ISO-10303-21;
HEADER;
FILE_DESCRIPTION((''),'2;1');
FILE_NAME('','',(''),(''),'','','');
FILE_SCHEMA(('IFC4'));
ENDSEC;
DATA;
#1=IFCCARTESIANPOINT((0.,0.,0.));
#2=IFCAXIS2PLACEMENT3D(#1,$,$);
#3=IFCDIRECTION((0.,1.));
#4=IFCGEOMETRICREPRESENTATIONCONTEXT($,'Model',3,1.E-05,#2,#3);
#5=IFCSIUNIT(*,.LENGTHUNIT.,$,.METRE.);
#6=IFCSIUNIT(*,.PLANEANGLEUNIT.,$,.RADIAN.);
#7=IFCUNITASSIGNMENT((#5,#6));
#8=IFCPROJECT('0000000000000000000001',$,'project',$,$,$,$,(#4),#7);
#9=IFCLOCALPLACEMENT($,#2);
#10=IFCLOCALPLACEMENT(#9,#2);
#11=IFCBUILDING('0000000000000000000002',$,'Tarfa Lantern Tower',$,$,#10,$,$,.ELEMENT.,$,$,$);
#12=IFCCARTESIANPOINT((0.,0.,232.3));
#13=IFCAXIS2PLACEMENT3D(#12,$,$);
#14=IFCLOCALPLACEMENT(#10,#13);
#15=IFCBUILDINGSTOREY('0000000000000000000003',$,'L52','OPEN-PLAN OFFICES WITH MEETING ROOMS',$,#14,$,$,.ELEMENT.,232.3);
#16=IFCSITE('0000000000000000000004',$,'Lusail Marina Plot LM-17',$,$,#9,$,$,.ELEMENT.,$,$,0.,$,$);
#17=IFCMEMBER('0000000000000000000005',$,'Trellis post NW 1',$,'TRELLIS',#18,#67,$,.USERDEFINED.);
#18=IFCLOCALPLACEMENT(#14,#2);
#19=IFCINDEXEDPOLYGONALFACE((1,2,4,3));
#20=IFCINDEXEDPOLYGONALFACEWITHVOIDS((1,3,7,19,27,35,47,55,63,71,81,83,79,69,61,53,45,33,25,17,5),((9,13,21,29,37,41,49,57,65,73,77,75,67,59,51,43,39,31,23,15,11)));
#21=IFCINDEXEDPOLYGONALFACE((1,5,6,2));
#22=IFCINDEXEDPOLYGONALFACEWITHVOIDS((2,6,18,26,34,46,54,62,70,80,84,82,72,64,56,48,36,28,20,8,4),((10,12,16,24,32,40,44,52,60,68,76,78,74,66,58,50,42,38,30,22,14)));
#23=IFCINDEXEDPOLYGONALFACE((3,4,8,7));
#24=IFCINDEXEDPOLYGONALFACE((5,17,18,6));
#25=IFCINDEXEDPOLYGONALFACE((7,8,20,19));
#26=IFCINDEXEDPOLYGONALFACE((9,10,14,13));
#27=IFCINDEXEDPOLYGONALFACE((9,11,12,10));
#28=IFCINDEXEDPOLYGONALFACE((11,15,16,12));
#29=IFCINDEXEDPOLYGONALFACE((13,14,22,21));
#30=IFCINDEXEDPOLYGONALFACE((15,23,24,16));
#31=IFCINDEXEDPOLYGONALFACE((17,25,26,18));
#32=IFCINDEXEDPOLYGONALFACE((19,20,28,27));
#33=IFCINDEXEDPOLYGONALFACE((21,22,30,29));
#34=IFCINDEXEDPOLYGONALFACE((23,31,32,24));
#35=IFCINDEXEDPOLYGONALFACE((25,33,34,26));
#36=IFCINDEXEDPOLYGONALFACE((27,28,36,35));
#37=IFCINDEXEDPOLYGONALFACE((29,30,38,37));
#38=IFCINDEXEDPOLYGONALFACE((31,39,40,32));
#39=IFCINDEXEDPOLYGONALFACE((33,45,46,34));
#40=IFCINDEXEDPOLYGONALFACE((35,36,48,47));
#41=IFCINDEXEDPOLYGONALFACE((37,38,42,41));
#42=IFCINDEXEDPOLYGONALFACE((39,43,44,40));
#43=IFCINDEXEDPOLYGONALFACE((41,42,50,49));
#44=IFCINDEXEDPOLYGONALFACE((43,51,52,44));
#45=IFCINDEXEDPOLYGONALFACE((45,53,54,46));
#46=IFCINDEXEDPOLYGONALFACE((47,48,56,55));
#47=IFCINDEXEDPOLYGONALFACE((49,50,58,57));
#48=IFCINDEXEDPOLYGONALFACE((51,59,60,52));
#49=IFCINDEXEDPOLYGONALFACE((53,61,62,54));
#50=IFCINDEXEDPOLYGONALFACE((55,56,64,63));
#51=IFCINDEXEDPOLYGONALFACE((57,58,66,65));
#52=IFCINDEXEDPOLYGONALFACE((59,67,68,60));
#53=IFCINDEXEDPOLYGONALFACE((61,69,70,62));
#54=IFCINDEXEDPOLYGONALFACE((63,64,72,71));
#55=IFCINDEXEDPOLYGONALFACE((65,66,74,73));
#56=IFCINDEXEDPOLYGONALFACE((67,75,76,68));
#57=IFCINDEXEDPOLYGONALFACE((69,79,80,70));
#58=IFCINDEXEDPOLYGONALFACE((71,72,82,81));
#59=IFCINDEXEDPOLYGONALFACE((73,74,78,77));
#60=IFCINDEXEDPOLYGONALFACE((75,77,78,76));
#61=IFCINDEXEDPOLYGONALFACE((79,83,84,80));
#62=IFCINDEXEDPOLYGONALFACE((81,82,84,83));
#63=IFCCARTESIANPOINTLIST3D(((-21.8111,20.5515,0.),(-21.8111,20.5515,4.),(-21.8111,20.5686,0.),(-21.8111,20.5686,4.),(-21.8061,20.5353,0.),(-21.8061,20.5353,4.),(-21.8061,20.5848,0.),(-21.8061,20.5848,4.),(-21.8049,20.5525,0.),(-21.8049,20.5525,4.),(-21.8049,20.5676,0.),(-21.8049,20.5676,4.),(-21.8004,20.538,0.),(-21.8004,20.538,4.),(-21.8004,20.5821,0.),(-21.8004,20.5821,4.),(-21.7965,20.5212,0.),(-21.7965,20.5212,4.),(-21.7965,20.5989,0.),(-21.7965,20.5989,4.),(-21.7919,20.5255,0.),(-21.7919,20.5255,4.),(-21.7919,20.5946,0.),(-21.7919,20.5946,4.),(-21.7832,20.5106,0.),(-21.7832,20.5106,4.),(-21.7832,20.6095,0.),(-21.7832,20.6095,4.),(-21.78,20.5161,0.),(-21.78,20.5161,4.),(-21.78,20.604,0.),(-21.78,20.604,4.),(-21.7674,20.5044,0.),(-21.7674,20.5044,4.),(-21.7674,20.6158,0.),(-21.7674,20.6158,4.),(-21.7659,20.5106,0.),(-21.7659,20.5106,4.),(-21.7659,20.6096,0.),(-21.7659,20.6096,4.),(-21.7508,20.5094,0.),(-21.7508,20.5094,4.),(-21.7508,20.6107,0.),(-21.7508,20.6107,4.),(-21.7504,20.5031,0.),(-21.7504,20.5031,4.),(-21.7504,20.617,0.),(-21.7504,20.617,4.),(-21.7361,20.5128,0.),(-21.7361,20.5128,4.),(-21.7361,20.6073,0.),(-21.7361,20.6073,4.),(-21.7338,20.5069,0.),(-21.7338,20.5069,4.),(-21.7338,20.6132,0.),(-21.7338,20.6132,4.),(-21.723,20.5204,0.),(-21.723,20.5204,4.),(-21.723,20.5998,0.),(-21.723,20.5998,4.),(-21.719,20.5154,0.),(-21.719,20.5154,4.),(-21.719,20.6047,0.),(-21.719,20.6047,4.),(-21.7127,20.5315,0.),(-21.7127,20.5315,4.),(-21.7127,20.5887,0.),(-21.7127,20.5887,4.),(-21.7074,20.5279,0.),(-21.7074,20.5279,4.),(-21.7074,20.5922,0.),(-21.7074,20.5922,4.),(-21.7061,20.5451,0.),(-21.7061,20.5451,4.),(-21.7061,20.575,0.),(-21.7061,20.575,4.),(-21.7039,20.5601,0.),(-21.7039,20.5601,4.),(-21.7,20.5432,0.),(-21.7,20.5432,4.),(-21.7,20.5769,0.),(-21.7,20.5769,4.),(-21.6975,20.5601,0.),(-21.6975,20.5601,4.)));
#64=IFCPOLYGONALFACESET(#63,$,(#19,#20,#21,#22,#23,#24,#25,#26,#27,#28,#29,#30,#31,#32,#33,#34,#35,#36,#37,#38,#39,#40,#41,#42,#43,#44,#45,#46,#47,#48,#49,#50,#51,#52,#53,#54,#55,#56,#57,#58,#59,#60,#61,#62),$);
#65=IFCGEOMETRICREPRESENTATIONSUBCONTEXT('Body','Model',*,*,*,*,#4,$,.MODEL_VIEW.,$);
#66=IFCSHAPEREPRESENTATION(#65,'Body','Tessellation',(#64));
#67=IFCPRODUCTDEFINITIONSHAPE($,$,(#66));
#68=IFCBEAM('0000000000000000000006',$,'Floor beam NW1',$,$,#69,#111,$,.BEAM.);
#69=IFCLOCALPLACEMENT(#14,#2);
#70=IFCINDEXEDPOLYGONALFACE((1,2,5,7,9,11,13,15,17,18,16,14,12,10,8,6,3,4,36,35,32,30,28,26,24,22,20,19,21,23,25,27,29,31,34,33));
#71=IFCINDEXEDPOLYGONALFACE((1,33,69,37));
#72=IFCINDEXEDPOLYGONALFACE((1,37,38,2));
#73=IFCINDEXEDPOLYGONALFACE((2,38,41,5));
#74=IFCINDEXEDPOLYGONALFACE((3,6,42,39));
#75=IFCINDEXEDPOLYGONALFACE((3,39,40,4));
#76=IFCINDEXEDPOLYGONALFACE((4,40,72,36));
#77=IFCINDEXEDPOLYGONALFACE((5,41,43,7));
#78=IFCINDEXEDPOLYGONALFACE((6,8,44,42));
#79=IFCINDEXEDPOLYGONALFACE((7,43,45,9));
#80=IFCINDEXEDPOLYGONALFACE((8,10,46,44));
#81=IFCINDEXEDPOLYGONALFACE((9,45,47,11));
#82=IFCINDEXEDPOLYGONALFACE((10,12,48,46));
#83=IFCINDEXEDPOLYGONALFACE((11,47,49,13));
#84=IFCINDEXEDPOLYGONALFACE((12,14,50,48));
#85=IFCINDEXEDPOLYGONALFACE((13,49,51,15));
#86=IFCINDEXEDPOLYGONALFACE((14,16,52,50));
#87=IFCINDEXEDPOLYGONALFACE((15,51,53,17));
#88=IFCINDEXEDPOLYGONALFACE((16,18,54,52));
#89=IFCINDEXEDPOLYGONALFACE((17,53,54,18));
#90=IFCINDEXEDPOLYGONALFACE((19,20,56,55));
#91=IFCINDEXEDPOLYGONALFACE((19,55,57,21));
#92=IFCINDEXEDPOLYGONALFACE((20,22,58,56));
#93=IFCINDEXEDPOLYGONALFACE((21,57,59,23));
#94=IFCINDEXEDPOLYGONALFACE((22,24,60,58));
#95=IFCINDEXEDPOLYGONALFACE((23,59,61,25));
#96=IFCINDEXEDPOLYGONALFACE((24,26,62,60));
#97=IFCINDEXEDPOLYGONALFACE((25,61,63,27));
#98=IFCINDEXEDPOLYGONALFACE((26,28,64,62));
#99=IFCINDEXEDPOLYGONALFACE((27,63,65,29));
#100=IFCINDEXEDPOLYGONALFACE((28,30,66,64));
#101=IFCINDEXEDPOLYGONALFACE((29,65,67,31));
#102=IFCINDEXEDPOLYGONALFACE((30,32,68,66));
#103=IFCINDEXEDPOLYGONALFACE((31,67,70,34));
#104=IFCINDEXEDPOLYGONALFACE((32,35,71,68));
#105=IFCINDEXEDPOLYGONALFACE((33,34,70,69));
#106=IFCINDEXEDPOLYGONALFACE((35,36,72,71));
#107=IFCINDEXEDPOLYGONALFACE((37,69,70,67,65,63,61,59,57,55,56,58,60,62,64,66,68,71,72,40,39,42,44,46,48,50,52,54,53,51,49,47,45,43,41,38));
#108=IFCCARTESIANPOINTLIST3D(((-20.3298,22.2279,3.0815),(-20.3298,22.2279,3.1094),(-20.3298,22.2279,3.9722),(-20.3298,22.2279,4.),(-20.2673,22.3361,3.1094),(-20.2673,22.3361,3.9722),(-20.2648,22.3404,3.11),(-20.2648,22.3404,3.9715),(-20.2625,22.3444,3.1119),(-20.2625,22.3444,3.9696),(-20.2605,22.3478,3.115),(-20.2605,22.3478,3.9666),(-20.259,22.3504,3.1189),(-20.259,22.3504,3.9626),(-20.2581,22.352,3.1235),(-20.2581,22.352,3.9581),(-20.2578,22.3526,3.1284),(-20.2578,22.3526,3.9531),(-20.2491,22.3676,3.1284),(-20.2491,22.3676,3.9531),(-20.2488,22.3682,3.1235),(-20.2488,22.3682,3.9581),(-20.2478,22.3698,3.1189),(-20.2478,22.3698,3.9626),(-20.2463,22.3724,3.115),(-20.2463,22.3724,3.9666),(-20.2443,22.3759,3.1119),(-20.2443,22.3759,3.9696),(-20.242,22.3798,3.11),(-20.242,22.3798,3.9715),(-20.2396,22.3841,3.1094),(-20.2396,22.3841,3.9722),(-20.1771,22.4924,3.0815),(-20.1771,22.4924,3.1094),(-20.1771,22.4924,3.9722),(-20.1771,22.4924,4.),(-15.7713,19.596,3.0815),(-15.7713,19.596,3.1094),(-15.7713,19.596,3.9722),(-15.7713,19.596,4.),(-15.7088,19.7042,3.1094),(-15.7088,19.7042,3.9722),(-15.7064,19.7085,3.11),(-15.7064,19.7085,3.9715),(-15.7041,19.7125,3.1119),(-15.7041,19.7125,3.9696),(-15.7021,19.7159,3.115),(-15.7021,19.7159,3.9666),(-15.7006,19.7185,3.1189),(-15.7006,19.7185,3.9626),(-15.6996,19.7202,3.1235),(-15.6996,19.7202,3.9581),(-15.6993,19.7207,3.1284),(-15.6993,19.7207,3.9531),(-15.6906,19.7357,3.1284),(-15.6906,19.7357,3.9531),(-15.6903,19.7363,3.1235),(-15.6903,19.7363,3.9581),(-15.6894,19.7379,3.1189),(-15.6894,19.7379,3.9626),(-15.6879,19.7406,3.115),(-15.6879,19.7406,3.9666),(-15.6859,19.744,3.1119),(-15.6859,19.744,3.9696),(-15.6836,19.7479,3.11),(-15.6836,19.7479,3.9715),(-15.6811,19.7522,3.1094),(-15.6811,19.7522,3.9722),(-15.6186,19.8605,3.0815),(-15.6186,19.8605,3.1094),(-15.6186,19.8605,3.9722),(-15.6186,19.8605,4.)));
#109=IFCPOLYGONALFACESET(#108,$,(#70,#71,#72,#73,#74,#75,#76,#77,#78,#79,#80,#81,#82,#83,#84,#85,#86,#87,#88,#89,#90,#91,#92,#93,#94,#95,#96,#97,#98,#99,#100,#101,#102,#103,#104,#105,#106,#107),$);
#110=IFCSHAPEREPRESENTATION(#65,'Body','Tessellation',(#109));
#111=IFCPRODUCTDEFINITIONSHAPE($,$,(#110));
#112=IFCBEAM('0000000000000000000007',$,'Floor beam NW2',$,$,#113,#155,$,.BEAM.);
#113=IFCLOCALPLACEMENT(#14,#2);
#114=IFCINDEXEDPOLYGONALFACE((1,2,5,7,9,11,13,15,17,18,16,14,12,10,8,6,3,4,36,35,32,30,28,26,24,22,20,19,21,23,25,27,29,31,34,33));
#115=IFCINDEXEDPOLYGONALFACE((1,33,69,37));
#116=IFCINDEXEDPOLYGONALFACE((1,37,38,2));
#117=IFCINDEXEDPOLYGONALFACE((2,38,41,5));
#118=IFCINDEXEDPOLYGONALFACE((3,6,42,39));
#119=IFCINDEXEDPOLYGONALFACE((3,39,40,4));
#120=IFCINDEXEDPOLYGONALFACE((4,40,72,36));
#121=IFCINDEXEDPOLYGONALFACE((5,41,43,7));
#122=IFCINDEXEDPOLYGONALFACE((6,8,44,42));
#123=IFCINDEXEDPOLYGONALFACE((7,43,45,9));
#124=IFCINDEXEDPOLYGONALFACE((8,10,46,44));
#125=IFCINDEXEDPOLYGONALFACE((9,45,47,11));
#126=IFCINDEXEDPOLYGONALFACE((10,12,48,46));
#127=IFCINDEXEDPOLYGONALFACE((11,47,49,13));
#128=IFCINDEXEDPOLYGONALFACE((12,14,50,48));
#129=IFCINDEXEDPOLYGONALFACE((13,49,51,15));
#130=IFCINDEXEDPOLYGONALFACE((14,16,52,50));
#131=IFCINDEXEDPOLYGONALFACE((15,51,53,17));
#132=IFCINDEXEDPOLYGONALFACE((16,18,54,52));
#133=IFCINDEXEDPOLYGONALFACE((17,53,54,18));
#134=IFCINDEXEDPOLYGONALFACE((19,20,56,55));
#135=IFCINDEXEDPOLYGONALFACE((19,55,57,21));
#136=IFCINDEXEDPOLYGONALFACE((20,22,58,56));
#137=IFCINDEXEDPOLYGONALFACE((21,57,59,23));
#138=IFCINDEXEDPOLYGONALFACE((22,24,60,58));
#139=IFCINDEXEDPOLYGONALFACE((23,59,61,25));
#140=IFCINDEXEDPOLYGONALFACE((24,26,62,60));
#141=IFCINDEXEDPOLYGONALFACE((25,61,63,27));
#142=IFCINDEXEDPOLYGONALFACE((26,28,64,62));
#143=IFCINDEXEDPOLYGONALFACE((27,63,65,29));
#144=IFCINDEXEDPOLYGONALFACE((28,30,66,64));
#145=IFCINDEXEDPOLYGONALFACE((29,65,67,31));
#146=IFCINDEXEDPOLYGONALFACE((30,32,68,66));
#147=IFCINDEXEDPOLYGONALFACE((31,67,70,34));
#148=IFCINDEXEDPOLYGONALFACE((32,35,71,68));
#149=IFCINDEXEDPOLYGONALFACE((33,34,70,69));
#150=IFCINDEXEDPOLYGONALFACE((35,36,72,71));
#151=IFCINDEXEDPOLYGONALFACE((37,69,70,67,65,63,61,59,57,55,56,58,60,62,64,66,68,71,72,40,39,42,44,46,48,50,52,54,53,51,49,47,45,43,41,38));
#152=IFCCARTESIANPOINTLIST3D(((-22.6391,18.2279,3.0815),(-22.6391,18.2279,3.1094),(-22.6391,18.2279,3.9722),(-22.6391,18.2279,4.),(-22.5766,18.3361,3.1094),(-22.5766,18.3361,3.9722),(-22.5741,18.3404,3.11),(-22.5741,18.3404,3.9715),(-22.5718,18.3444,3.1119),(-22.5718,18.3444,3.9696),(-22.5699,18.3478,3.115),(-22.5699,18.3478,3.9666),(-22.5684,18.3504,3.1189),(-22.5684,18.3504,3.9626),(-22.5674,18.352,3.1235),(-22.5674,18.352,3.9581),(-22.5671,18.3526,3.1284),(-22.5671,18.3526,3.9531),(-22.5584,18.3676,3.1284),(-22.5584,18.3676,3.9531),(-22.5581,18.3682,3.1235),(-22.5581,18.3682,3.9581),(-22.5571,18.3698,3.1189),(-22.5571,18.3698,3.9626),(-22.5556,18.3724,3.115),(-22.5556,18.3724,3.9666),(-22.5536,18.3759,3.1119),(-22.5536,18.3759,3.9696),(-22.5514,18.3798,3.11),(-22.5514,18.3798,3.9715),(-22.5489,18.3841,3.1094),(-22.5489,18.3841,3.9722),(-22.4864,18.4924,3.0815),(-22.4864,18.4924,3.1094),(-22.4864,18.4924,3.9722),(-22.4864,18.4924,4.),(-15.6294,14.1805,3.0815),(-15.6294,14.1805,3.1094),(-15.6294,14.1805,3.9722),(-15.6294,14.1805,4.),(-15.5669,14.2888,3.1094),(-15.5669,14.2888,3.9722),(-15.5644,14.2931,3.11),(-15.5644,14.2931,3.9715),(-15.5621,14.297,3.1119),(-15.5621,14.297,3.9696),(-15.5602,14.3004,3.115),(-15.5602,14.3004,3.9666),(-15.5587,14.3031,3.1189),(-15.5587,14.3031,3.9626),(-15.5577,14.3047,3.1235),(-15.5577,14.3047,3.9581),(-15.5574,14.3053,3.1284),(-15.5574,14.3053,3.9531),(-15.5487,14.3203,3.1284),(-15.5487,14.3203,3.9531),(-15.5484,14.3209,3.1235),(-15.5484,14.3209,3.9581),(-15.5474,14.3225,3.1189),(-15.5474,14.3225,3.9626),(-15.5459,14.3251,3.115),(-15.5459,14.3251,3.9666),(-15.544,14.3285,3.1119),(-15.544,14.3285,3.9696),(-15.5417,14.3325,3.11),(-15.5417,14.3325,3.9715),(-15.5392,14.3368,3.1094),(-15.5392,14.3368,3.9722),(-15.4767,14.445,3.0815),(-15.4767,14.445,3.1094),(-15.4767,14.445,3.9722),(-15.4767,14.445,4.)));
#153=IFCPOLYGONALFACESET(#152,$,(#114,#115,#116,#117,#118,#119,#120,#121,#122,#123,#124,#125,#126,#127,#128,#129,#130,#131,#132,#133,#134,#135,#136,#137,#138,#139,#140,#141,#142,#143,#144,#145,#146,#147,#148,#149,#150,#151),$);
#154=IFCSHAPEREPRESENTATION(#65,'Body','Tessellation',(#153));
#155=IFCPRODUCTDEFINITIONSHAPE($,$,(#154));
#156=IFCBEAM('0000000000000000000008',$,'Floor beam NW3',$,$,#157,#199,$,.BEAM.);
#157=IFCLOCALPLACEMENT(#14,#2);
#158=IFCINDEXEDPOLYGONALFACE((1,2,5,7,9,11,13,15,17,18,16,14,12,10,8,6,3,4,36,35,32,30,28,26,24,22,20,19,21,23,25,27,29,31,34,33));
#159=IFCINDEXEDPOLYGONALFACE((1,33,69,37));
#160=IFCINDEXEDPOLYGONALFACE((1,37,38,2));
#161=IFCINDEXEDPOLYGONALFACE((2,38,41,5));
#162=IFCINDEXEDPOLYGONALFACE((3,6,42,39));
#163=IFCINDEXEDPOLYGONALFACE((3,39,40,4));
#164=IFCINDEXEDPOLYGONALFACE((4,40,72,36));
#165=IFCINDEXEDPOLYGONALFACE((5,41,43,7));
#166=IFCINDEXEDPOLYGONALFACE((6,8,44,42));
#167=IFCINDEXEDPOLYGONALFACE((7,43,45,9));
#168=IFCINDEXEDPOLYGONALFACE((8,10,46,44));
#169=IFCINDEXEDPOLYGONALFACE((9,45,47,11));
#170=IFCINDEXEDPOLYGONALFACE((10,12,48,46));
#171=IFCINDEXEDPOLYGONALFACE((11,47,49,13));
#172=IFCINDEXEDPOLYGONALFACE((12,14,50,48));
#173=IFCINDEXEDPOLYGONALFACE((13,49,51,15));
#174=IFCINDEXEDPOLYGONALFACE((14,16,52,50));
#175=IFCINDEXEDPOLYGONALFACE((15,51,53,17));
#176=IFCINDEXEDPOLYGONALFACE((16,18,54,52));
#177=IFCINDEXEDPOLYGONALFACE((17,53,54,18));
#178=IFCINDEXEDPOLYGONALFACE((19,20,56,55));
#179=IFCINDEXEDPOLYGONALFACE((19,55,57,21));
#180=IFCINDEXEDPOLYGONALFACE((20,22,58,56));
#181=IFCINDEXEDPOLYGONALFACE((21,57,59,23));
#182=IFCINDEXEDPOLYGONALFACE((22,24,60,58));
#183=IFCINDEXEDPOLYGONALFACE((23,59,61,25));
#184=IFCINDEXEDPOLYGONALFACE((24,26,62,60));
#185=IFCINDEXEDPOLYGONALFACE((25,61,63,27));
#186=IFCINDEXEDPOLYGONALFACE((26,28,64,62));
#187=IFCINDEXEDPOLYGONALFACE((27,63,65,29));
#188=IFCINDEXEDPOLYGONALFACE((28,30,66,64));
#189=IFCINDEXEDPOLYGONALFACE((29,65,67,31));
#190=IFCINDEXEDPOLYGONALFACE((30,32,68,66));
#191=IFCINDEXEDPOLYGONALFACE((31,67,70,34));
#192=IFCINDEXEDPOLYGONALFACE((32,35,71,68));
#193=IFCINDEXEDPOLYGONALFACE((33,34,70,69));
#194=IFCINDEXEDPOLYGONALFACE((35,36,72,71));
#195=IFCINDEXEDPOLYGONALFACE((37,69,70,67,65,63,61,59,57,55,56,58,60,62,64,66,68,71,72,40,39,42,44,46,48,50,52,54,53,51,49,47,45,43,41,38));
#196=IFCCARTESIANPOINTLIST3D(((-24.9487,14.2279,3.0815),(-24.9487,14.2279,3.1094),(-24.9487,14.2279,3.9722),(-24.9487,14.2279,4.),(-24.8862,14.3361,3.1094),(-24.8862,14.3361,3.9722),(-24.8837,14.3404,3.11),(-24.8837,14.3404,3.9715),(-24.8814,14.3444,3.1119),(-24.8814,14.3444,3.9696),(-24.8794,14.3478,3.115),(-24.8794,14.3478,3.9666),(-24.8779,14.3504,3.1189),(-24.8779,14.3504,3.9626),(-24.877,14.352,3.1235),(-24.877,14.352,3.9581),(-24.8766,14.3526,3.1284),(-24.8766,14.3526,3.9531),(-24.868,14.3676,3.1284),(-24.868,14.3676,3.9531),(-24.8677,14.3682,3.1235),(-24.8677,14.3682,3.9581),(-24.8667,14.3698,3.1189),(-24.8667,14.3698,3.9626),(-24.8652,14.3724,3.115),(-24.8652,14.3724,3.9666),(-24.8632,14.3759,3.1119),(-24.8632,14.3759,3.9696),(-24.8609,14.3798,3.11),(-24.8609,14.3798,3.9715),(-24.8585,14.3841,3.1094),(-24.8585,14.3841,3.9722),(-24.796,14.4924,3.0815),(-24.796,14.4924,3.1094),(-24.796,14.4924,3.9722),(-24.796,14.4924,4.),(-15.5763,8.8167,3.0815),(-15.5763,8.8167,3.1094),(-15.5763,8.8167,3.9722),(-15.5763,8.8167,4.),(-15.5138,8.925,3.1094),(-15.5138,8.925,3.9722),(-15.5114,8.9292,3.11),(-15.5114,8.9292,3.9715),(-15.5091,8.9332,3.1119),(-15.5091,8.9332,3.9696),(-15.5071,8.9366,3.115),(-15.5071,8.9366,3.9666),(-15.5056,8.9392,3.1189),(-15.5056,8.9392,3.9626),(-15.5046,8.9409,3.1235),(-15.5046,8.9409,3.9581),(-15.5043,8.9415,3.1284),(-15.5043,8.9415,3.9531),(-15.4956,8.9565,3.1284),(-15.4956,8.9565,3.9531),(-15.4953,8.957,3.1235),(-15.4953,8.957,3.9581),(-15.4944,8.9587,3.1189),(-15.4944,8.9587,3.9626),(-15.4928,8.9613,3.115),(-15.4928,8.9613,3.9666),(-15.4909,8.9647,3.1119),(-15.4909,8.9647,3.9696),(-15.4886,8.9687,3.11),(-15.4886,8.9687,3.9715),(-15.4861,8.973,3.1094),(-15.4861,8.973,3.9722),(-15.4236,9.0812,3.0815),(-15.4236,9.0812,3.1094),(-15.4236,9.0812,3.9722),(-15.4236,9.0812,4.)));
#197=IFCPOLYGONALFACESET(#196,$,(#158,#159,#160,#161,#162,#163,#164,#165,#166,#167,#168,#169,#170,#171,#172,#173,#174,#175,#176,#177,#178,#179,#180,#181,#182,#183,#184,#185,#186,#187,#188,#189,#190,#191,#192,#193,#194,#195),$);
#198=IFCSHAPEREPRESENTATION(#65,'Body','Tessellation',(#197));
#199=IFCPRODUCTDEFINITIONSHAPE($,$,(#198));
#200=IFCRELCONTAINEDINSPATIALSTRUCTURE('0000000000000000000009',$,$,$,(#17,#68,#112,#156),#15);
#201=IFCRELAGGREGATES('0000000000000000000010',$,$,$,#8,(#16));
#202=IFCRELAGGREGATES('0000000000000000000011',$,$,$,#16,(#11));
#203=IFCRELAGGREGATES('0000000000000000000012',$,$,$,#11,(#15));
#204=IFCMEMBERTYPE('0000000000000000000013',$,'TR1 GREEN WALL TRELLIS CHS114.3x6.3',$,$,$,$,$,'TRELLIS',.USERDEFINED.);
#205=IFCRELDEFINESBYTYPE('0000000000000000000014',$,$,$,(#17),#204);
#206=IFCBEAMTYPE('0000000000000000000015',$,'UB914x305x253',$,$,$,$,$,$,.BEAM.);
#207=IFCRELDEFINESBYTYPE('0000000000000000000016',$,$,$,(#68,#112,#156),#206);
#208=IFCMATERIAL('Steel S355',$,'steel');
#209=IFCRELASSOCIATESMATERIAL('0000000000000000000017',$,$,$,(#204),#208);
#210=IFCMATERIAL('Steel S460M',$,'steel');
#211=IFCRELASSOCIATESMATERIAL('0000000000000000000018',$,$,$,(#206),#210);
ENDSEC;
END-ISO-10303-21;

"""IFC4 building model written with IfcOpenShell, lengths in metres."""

from ifc_helpers import new_model, si_unit, direction, frame, origin, origin_2d, place, context, subcontext, project, spatial, hollow_circle, i_section, extrude, material, material_profile, profile_set, type_object, element, save


model = new_model("IFC4")

# Units and contexts
model_context = context("Model", 3, precision=1e-05, world=origin(), true_north=direction((0.0, 1.0)))
body_context = subcontext(model_context, "Body", "Model", "MODEL_VIEW")
ifc_project = project(units=[si_unit("LENGTHUNIT", "METRE"), si_unit("PLANEANGLEUNIT", "RADIAN")], contexts=[model_context])

# Site, building, storey
site_placement = place(None, origin())
site = spatial("IfcSite", under=ifc_project, at=site_placement, Name="Lusail Marina Plot LM-17", CompositionType="ELEMENT", RefElevation=0.0)
building_placement = place(site_placement, origin())
building = spatial("IfcBuilding", under=site, at=building_placement, Name="Tarfa Lantern Tower", CompositionType="ELEMENT")
storey_placement = place(building_placement, frame((0.0, 0.0, 232.3)))
storey = spatial("IfcBuildingStorey", under=building, at=storey_placement, Name="L52", Description="OPEN-PLAN OFFICES WITH MEETING ROOMS", CompositionType="ELEMENT", Elevation=232.3)

# Member
ifc_material_1 = material(Name="Steel S355", Category="steel")
ifc_material_profile_1 = material_profile(ifc_material_1, hollow_circle(Radius=0.0571, WallThickness=0.0063, at=origin_2d()), Name="CHS114.3x6.3")
ifc_profile_set_1 = profile_set([ifc_material_profile_1], Name="Steel S355")
member_type_1 = type_object("IfcMemberType", Name="TR1 GREEN WALL TRELLIS CHS114.3x6.3", ElementType="TRELLIS", PredefinedType="USERDEFINED", material=ifc_profile_set_1)
member_1_placement = place(storey_placement, frame((-21.7546, 20.5601, 0.0), z_axis=(0.0, 0.0, 1.0), x_axis=(1.0, 0.0, 0.0)))
element("IfcMember", 1, at=member_1_placement, inside=storey, type_object=member_type_1, Name="Trellis post NW 1", ObjectType="TRELLIS", PredefinedType="USERDEFINED", context=body_context, shape_type="SweptSolid", body=[
    extrude(hollow_circle(Radius=0.0571, WallThickness=0.0063, at=origin_2d()), origin(), (0.0, 0.0, 1.0), 4.0),
])

# Beams
ifc_material_2 = material(Name="Steel S460M", Category="steel")
ifc_material_profile_2 = material_profile(ifc_material_2, i_section(OverallWidth=0.3054, OverallDepth=0.9185, WebThickness=0.0173, FlangeThickness=0.0278, FilletRadius=0.019, at=origin_2d()), Name="UB914x305x253")
ifc_profile_set_2 = profile_set([ifc_material_profile_2], Name="Steel S460M")
beam_type_1 = type_object("IfcBeamType", Name="UB914x305x253", PredefinedType="BEAM", material=ifc_profile_set_2)
beam_1_placement = place(storey_placement, frame((-20.2534, 22.3601, 3.5408), z_axis=(0.86602, -0.50001, 0.0), x_axis=(0.50001, 0.86602, 0.0)))
element("IfcBeam", 2, at=beam_1_placement, inside=storey, type_object=beam_type_1, Name="Floor beam NW1", PredefinedType="BEAM", context=body_context, shape_type="SweptSolid", body=[
    extrude(i_section(OverallWidth=0.3054, OverallDepth=0.9185, WebThickness=0.0173, FlangeThickness=0.0278, FilletRadius=0.019, at=origin_2d()), origin(), (0.0, 0.0, 1.0), 5.2637),
])
beam_2_placement = place(storey_placement, frame((-22.5627, 18.3601, 3.5408), z_axis=(0.866011, -0.500025, 0.0), x_axis=(0.500025, 0.866011, 0.0)))
element("IfcBeam", 3, at=beam_2_placement, inside=storey, type_object=beam_type_1, Name="Floor beam NW2", PredefinedType="BEAM", context=body_context, shape_type="SweptSolid", body=[
    extrude(i_section(OverallWidth=0.3054, OverallDepth=0.9185, WebThickness=0.0173, FlangeThickness=0.0278, FilletRadius=0.019, at=origin_2d()), origin(), (0.0, 0.0, 1.0), 8.0942),
])
beam_3_placement = place(storey_placement, frame((-24.8723, 14.3601, 3.5408), z_axis=(0.866024, -0.500002, 0.0), x_axis=(0.500002, 0.866024, 0.0)))
element("IfcBeam", 4, at=beam_3_placement, inside=storey, type_object=beam_type_1, Name="Floor beam NW3", PredefinedType="BEAM", context=body_context, shape_type="SweptSolid", body=[
    extrude(i_section(OverallWidth=0.3054, OverallDepth=0.9185, WebThickness=0.0173, FlangeThickness=0.0278, FilletRadius=0.019, at=origin_2d()), origin(), (0.0, 0.0, 1.0), 10.8223),
])

save(model, "model.ifc")
